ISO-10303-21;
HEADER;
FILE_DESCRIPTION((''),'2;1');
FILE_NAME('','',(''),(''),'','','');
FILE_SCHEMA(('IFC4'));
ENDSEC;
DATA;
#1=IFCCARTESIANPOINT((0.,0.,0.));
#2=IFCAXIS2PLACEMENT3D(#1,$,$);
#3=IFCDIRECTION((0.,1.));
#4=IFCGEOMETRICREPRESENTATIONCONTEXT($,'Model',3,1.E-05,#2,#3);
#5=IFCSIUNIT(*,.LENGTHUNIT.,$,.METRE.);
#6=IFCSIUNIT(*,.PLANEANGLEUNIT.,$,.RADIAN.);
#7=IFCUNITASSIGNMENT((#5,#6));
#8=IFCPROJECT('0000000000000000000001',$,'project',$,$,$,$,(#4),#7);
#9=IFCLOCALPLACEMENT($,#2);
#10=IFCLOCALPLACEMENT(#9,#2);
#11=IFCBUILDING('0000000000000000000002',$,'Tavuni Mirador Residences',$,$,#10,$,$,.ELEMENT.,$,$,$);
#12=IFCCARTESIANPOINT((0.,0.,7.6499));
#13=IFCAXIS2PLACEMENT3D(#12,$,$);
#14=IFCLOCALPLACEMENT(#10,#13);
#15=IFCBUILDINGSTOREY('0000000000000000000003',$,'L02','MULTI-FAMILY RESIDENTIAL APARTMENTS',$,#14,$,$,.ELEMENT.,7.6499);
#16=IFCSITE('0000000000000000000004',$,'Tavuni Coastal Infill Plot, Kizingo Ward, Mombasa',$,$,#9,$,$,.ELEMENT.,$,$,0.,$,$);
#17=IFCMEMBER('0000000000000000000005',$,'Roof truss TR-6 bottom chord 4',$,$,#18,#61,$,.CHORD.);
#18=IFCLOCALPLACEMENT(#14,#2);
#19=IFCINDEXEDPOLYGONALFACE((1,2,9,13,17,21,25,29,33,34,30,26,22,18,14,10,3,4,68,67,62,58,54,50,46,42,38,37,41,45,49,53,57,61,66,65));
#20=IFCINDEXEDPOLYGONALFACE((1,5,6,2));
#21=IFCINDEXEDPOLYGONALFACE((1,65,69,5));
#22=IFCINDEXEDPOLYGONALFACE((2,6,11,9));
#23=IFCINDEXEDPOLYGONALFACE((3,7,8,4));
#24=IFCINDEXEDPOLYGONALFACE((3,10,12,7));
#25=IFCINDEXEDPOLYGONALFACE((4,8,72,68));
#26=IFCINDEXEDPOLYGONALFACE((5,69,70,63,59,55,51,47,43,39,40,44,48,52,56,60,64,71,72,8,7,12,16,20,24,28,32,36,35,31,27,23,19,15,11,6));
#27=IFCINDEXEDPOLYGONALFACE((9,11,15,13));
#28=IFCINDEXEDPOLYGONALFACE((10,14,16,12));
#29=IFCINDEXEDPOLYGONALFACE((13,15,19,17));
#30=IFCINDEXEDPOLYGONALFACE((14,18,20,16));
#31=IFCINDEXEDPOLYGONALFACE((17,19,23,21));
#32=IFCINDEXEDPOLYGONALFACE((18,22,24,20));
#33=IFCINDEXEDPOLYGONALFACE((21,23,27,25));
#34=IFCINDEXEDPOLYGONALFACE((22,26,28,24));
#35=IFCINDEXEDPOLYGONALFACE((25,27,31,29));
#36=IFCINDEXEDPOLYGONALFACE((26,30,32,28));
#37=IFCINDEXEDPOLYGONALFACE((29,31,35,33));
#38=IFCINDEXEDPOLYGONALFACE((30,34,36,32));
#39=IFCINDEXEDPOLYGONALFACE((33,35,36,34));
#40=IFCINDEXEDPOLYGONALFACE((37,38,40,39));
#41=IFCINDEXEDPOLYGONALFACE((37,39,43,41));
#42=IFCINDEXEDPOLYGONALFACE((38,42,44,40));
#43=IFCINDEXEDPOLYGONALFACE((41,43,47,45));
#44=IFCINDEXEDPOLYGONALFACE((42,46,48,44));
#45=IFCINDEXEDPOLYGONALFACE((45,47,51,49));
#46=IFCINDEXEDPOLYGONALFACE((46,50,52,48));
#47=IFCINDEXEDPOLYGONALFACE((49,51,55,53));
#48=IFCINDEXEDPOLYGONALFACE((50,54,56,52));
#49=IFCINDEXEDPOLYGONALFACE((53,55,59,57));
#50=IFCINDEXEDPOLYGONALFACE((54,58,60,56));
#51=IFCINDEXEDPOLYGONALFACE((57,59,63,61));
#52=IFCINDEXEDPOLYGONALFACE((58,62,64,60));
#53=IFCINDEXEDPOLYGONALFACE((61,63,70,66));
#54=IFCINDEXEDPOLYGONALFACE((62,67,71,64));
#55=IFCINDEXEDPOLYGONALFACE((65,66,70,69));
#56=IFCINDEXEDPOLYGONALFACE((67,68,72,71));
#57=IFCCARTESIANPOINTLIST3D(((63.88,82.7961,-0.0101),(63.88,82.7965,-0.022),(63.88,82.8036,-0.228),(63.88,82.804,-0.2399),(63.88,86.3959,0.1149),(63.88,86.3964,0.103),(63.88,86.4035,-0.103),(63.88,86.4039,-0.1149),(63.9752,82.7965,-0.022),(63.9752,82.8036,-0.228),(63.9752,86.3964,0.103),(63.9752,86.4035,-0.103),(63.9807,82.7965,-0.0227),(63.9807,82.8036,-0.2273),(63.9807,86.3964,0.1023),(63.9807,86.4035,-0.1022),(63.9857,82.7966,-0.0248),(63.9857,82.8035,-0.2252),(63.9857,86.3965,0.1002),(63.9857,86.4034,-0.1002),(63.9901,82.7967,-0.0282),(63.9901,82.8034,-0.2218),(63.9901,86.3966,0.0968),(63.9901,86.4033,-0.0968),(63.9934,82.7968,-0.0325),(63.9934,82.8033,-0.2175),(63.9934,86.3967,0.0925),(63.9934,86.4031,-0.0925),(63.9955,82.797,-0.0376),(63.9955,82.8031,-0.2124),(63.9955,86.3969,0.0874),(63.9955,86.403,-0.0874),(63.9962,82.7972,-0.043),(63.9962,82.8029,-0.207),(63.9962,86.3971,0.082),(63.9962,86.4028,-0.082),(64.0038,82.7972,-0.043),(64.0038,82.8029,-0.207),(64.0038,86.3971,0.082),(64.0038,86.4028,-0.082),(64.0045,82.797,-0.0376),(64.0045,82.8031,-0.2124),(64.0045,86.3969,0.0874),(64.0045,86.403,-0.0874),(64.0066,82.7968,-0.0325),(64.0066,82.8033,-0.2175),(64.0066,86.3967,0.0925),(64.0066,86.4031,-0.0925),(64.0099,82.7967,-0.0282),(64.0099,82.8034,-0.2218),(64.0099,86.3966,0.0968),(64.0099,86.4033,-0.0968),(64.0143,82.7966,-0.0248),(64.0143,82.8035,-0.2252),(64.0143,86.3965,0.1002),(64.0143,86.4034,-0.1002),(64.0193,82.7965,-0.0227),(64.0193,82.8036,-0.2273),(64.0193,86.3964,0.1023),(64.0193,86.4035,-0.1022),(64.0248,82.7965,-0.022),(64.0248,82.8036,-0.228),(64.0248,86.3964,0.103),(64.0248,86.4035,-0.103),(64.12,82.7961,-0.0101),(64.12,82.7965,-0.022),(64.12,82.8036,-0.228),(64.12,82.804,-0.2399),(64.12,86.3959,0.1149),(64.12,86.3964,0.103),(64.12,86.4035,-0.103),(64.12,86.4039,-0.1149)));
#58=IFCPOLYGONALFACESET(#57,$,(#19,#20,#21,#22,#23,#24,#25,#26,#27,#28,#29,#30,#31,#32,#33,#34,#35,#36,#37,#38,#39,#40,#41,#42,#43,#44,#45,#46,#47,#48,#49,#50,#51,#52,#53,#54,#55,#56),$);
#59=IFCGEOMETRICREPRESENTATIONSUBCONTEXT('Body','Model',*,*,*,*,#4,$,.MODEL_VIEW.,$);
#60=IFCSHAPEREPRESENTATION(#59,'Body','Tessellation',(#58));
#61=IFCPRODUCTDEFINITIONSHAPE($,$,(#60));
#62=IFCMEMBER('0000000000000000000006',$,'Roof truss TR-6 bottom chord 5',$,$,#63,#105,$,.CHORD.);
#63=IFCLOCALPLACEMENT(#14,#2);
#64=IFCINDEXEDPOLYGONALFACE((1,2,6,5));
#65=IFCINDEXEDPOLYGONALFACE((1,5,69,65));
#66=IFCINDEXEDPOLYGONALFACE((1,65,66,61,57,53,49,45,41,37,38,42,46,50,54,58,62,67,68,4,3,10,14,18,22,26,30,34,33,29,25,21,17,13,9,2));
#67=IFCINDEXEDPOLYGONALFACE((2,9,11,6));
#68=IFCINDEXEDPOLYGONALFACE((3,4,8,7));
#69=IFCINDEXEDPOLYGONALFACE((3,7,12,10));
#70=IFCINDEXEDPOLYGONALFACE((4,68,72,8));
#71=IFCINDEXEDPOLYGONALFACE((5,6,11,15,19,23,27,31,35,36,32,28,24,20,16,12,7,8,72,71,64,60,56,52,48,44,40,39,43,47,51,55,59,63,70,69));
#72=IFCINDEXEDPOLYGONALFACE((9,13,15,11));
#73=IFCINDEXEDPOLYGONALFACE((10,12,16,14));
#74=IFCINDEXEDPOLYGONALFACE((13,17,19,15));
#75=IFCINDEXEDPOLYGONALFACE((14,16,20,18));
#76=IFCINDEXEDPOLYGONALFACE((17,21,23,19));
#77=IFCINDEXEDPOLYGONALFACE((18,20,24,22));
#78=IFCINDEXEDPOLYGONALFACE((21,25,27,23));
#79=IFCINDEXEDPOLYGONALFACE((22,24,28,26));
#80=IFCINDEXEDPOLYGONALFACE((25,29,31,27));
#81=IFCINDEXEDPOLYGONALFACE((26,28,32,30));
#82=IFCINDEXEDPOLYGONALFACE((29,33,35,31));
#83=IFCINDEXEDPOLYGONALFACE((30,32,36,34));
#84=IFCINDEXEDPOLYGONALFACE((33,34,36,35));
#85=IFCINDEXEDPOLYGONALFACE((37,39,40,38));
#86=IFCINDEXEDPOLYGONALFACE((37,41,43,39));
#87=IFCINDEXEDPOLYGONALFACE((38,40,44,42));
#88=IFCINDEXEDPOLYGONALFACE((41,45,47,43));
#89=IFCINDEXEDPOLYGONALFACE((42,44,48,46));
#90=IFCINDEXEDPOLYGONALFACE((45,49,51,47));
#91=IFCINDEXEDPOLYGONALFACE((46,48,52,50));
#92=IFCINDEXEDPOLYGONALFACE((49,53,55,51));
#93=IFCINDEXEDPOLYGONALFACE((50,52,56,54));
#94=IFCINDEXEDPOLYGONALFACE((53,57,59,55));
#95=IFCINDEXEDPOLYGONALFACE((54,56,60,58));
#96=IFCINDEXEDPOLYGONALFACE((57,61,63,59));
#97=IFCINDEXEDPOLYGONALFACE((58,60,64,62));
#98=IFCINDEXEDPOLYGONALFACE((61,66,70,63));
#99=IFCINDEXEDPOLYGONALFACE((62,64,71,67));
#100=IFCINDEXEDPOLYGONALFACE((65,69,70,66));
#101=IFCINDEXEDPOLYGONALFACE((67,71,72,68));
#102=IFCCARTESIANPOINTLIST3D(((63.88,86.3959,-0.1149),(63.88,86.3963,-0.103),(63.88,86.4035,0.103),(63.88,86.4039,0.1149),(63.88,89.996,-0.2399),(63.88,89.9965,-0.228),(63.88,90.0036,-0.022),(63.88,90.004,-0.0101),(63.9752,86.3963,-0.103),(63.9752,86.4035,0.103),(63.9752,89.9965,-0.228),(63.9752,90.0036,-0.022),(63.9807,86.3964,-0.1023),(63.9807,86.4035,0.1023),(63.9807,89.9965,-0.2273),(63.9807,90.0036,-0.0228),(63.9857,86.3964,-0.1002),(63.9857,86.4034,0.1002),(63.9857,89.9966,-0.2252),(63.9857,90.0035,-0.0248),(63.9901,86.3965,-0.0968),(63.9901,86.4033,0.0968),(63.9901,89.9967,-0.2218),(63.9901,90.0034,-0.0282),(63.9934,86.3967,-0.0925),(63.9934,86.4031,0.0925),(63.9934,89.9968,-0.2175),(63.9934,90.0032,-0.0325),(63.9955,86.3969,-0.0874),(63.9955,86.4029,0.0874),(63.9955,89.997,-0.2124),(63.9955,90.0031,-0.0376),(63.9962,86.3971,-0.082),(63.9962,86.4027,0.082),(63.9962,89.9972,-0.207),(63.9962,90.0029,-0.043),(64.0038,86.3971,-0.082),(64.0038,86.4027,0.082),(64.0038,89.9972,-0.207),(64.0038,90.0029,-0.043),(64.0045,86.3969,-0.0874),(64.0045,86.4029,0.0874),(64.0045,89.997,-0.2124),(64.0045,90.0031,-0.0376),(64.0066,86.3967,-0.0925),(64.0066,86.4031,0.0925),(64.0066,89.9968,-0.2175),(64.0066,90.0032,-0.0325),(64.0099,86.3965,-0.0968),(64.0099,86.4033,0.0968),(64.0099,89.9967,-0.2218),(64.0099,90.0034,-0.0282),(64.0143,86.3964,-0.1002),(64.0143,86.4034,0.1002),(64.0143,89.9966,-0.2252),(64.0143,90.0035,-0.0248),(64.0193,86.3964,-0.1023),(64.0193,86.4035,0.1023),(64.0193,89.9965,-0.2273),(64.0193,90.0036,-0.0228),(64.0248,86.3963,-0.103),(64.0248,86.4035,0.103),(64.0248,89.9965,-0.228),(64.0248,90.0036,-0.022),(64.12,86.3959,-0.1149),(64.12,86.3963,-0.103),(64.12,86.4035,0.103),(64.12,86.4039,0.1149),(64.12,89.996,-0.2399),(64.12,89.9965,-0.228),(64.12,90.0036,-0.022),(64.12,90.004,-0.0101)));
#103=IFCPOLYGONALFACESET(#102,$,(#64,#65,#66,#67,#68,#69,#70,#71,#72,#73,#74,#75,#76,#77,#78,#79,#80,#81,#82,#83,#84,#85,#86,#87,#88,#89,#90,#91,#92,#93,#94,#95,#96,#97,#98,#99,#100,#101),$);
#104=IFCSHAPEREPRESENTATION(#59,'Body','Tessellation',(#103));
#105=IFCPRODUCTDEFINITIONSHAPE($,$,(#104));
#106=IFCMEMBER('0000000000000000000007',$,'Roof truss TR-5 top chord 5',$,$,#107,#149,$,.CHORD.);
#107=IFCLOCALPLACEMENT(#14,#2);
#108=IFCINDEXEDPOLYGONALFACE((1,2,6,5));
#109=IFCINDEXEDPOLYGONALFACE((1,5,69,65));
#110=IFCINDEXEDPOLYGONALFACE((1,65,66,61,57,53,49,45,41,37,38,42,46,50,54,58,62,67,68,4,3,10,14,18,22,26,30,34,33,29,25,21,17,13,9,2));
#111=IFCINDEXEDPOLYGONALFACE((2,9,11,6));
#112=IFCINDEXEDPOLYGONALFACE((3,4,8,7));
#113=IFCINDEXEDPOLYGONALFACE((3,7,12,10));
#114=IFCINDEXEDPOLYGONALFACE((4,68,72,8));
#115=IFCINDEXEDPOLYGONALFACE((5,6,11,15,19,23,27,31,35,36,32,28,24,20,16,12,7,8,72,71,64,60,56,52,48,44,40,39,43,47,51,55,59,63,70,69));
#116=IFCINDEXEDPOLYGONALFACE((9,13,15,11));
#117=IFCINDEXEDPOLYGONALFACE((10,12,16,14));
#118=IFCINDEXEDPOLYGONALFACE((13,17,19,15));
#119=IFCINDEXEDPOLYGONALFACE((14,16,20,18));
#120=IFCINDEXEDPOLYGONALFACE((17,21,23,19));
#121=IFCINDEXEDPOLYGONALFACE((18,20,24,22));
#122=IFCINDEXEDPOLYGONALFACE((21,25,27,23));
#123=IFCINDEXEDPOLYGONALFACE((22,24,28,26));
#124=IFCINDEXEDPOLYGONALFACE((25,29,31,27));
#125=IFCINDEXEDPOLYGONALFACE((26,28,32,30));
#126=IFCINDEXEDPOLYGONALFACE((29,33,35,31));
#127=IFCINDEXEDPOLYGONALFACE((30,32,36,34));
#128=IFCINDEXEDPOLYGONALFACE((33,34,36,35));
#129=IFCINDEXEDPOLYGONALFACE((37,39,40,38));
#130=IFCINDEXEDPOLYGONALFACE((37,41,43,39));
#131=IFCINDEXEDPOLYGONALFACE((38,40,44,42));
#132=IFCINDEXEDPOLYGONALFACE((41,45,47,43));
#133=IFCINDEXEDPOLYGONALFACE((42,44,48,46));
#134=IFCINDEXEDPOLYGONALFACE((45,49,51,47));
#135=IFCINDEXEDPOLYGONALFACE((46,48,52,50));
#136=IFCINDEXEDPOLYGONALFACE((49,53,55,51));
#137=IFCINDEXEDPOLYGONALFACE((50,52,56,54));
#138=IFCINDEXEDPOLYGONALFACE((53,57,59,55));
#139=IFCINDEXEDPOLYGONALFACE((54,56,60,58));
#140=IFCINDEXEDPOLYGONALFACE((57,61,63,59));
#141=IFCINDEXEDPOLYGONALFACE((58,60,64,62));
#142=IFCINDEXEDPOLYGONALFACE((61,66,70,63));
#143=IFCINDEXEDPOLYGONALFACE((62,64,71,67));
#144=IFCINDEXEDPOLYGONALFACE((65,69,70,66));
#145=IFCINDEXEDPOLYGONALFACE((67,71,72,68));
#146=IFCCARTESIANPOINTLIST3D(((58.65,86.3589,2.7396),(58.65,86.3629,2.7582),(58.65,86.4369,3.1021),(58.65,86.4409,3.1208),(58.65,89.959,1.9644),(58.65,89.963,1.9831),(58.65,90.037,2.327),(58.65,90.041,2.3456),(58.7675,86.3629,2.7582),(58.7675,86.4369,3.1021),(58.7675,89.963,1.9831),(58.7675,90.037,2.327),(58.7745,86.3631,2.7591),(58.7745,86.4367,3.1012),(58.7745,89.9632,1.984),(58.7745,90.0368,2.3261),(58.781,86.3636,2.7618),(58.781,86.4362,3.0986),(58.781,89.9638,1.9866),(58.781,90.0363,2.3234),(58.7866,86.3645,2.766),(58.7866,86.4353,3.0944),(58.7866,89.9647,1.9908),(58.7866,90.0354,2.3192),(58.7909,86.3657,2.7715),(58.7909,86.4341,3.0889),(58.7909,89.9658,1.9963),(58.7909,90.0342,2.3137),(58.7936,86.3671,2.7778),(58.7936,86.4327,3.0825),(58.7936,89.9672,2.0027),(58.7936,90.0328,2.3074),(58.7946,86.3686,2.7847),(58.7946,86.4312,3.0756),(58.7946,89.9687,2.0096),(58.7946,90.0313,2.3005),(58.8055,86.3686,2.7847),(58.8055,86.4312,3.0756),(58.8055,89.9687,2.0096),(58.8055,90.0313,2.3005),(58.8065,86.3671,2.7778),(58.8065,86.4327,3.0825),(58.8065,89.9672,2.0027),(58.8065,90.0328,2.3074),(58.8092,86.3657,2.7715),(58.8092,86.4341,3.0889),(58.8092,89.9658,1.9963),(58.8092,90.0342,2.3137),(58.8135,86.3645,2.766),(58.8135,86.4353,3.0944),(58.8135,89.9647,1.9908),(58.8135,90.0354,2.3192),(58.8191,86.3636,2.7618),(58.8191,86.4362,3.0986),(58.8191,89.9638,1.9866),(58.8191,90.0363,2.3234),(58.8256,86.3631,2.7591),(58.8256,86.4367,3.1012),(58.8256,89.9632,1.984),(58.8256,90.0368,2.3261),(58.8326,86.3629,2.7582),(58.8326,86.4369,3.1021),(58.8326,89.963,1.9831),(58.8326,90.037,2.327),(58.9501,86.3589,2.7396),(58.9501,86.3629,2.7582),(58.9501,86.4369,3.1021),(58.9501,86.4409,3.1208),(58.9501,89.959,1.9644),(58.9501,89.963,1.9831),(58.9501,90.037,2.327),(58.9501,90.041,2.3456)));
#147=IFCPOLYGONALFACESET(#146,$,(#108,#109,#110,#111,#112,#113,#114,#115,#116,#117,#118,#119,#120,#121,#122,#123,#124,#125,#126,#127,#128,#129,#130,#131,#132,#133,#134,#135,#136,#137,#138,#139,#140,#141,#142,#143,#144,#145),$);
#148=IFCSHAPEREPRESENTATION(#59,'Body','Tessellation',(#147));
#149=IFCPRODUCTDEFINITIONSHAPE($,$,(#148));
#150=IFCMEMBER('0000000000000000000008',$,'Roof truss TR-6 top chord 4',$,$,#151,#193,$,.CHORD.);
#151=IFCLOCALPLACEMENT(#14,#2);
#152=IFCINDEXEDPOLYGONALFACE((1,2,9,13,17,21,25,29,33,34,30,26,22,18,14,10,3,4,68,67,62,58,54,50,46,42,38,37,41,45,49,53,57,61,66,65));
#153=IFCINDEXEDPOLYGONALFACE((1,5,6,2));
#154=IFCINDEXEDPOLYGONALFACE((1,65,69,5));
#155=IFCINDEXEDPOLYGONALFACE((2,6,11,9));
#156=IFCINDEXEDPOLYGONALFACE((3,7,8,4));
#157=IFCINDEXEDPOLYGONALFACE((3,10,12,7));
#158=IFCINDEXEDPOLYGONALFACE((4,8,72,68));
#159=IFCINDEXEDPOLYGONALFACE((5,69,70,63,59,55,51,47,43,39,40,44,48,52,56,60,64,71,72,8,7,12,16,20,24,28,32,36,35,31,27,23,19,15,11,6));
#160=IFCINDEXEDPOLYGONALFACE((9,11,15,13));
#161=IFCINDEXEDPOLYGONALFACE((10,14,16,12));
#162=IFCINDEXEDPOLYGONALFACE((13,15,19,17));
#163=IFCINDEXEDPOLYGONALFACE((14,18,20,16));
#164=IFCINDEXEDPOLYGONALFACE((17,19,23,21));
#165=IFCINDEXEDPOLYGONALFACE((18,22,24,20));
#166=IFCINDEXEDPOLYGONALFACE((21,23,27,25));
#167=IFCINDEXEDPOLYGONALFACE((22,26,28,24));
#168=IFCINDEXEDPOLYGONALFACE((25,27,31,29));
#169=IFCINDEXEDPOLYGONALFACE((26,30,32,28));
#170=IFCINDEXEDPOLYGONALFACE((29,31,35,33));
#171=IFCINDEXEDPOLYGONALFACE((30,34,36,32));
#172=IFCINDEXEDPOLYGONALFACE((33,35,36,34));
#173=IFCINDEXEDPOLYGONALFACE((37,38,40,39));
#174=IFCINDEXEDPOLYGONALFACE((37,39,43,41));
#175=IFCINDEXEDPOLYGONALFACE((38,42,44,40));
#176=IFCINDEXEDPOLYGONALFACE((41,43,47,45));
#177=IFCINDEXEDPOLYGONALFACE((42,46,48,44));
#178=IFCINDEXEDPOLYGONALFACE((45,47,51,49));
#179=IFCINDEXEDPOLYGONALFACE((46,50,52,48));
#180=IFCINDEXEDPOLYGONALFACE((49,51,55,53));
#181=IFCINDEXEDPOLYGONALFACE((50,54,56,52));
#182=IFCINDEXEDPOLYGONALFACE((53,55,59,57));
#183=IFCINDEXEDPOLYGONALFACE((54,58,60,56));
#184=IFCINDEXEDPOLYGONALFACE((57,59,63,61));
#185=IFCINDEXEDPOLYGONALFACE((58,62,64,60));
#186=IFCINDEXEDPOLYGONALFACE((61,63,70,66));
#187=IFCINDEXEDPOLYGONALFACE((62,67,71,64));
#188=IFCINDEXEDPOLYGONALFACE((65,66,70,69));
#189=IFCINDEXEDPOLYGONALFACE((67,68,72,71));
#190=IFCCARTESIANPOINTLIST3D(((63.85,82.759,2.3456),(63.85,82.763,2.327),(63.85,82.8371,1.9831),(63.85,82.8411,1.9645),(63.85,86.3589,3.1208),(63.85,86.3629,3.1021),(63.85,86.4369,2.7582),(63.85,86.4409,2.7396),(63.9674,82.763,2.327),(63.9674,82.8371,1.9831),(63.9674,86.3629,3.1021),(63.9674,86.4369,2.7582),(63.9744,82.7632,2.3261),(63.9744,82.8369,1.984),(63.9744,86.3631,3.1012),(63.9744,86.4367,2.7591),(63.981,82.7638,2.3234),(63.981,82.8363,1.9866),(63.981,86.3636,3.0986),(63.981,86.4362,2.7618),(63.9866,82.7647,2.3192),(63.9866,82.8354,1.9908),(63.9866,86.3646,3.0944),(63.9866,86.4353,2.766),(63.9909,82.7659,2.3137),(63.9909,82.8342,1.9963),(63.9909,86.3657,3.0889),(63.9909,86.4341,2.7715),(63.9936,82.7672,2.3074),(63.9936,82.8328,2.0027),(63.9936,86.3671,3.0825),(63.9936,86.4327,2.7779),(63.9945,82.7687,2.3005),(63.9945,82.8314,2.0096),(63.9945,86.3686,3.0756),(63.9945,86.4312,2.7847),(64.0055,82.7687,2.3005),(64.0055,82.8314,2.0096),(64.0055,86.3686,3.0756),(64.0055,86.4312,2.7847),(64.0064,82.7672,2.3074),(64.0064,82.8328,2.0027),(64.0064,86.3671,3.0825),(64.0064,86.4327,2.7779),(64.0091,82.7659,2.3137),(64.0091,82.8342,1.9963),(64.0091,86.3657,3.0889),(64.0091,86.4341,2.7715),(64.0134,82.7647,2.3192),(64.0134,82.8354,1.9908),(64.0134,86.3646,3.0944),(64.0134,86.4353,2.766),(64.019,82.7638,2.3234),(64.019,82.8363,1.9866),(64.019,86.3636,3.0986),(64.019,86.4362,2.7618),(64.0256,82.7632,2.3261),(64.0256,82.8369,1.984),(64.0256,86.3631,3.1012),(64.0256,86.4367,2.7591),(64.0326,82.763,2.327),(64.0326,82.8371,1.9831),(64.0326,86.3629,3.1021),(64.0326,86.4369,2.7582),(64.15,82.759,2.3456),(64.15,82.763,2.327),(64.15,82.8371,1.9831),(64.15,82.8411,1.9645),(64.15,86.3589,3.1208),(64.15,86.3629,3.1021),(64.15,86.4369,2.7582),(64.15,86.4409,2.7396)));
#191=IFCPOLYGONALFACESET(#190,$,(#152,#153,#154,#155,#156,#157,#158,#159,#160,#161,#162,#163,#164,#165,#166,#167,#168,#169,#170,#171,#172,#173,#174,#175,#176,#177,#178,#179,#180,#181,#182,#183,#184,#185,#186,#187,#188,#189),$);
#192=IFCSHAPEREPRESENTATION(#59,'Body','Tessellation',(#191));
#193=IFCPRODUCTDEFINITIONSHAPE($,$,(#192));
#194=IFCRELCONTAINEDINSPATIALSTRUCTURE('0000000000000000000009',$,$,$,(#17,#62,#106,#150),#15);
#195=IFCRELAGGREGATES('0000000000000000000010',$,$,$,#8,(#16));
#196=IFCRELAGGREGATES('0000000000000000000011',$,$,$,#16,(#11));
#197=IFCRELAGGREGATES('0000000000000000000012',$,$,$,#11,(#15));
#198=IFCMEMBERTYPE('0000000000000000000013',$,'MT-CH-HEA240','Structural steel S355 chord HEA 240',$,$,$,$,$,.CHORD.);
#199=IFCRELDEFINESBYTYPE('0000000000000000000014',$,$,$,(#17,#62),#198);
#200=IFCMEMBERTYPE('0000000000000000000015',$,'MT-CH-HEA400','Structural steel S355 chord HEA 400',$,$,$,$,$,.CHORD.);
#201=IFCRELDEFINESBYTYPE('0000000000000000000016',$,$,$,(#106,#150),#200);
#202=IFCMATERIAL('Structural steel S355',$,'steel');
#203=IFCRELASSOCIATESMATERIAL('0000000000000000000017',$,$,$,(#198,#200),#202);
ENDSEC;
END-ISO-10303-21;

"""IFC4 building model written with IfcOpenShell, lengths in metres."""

from ifc_helpers import new_model, si_unit, direction, frame, origin, origin_2d, place, context, subcontext, project, spatial, i_section, extrude, material, material_profile, profile_set, type_object, element, save


model = new_model("IFC4")

# Units and contexts
model_context = context("Model", 3, precision=1e-05, world=origin(), true_north=direction((0.0, 1.0)))
body_context = subcontext(model_context, "Body", "Model", "MODEL_VIEW")
ifc_project = project(units=[si_unit("LENGTHUNIT", "METRE"), si_unit("PLANEANGLEUNIT", "RADIAN")], contexts=[model_context])

# Site, building, storey
site_placement = place(None, origin())
site = spatial("IfcSite", under=ifc_project, at=site_placement, Name="Tavuni Coastal Infill Plot, Kizingo Ward, Mombasa", CompositionType="ELEMENT", RefElevation=0.0)
building_placement = place(site_placement, origin())
building = spatial("IfcBuilding", under=site, at=building_placement, Name="Tavuni Mirador Residences", CompositionType="ELEMENT")
storey_placement = place(building_placement, frame((0.0, 0.0, 7.6499)))
storey = spatial("IfcBuildingStorey", under=building, at=storey_placement, Name="L02", Description="MULTI-FAMILY RESIDENTIAL APARTMENTS", CompositionType="ELEMENT", Elevation=7.6499)

# Members
ifc_material_1 = material(Name="Structural steel S355", Category="steel")
ifc_material_profile_1 = material_profile(ifc_material_1, i_section(OverallWidth=0.24, OverallDepth=0.23, WebThickness=0.0076, FlangeThickness=0.012, FilletRadius=0.021, at=origin_2d()), Name="HEA 240", Category="steel")
ifc_profile_set_1 = profile_set([ifc_material_profile_1], Name="Structural steel S355")
member_type_1 = type_object("IfcMemberType", Name="MT-CH-HEA240", Description="Structural steel S355 chord HEA 240", PredefinedType="CHORD", material=ifc_profile_set_1)
member_1_placement = place(storey_placement, frame((64.0, 82.8, -0.125), z_axis=(0.0, 0.999398, 0.034703), x_axis=(-1.0, 0.0, 0.0)))
element("IfcMember", 1, at=member_1_placement, inside=storey, type_object=member_type_1, Name="Roof truss TR-6 bottom chord 4", PredefinedType="CHORD", context=body_context, shape_type="SweptSolid", body=[
    extrude(i_section(OverallWidth=0.24, OverallDepth=0.23, WebThickness=0.0076, FlangeThickness=0.012, FilletRadius=0.021, at=origin_2d()), origin(), (0.0, 0.0, 1.0), 3.6021),
])
member_2_placement = place(storey_placement, frame((64.0, 86.3999, 0.0), z_axis=(0.0, 0.999398, -0.0347), x_axis=(-1.0, 0.0, 0.0)))
element("IfcMember", 2, at=member_2_placement, inside=storey, type_object=member_type_1, Name="Roof truss TR-6 bottom chord 5", PredefinedType="CHORD", context=body_context, shape_type="SweptSolid", body=[
    extrude(i_section(OverallWidth=0.24, OverallDepth=0.23, WebThickness=0.0076, FlangeThickness=0.012, FilletRadius=0.021, at=origin_2d()), origin(), (0.0, 0.0, 1.0), 3.6023),
])
ifc_material_profile_2 = material_profile(ifc_material_1, i_section(OverallWidth=0.3, OverallDepth=0.3899, WebThickness=0.011, FlangeThickness=0.019, FilletRadius=0.0271, at=origin_2d()), Name="HEA 400", Category="steel")
ifc_profile_set_2 = profile_set([ifc_material_profile_2], Name="Structural steel S355")
member_type_2 = type_object("IfcMemberType", Name="MT-CH-HEA400", Description="Structural steel S355 chord HEA 400", PredefinedType="CHORD", material=ifc_profile_set_2)
member_3_placement = place(storey_placement, frame((58.8, 86.3999, 2.9302), z_axis=(0.0, 0.977596, -0.210489), x_axis=(-1.0, 0.0, 0.0)))
element("IfcMember", 3, at=member_3_placement, inside=storey, type_object=member_type_2, Name="Roof truss TR-5 top chord 5", PredefinedType="CHORD", context=body_context, shape_type="SweptSolid", body=[
    extrude(i_section(OverallWidth=0.3, OverallDepth=0.3899, WebThickness=0.011, FlangeThickness=0.019, FilletRadius=0.0271, at=origin_2d()), origin(), (0.0, 0.0, 1.0), 3.6826),
])
member_4_placement = place(storey_placement, frame((64.0, 82.8, 2.155), z_axis=(0.0, 0.977593, 0.210502), x_axis=(-1.0, 0.0, 0.0)))
element("IfcMember", 4, at=member_4_placement, inside=storey, type_object=member_type_2, Name="Roof truss TR-6 top chord 4", PredefinedType="CHORD", context=body_context, shape_type="SweptSolid", body=[
    extrude(i_section(OverallWidth=0.3, OverallDepth=0.3899, WebThickness=0.011, FlangeThickness=0.019, FilletRadius=0.0271, at=origin_2d()), origin(), (0.0, 0.0, 1.0), 3.6824),
])

save(model, "model.ifc")
